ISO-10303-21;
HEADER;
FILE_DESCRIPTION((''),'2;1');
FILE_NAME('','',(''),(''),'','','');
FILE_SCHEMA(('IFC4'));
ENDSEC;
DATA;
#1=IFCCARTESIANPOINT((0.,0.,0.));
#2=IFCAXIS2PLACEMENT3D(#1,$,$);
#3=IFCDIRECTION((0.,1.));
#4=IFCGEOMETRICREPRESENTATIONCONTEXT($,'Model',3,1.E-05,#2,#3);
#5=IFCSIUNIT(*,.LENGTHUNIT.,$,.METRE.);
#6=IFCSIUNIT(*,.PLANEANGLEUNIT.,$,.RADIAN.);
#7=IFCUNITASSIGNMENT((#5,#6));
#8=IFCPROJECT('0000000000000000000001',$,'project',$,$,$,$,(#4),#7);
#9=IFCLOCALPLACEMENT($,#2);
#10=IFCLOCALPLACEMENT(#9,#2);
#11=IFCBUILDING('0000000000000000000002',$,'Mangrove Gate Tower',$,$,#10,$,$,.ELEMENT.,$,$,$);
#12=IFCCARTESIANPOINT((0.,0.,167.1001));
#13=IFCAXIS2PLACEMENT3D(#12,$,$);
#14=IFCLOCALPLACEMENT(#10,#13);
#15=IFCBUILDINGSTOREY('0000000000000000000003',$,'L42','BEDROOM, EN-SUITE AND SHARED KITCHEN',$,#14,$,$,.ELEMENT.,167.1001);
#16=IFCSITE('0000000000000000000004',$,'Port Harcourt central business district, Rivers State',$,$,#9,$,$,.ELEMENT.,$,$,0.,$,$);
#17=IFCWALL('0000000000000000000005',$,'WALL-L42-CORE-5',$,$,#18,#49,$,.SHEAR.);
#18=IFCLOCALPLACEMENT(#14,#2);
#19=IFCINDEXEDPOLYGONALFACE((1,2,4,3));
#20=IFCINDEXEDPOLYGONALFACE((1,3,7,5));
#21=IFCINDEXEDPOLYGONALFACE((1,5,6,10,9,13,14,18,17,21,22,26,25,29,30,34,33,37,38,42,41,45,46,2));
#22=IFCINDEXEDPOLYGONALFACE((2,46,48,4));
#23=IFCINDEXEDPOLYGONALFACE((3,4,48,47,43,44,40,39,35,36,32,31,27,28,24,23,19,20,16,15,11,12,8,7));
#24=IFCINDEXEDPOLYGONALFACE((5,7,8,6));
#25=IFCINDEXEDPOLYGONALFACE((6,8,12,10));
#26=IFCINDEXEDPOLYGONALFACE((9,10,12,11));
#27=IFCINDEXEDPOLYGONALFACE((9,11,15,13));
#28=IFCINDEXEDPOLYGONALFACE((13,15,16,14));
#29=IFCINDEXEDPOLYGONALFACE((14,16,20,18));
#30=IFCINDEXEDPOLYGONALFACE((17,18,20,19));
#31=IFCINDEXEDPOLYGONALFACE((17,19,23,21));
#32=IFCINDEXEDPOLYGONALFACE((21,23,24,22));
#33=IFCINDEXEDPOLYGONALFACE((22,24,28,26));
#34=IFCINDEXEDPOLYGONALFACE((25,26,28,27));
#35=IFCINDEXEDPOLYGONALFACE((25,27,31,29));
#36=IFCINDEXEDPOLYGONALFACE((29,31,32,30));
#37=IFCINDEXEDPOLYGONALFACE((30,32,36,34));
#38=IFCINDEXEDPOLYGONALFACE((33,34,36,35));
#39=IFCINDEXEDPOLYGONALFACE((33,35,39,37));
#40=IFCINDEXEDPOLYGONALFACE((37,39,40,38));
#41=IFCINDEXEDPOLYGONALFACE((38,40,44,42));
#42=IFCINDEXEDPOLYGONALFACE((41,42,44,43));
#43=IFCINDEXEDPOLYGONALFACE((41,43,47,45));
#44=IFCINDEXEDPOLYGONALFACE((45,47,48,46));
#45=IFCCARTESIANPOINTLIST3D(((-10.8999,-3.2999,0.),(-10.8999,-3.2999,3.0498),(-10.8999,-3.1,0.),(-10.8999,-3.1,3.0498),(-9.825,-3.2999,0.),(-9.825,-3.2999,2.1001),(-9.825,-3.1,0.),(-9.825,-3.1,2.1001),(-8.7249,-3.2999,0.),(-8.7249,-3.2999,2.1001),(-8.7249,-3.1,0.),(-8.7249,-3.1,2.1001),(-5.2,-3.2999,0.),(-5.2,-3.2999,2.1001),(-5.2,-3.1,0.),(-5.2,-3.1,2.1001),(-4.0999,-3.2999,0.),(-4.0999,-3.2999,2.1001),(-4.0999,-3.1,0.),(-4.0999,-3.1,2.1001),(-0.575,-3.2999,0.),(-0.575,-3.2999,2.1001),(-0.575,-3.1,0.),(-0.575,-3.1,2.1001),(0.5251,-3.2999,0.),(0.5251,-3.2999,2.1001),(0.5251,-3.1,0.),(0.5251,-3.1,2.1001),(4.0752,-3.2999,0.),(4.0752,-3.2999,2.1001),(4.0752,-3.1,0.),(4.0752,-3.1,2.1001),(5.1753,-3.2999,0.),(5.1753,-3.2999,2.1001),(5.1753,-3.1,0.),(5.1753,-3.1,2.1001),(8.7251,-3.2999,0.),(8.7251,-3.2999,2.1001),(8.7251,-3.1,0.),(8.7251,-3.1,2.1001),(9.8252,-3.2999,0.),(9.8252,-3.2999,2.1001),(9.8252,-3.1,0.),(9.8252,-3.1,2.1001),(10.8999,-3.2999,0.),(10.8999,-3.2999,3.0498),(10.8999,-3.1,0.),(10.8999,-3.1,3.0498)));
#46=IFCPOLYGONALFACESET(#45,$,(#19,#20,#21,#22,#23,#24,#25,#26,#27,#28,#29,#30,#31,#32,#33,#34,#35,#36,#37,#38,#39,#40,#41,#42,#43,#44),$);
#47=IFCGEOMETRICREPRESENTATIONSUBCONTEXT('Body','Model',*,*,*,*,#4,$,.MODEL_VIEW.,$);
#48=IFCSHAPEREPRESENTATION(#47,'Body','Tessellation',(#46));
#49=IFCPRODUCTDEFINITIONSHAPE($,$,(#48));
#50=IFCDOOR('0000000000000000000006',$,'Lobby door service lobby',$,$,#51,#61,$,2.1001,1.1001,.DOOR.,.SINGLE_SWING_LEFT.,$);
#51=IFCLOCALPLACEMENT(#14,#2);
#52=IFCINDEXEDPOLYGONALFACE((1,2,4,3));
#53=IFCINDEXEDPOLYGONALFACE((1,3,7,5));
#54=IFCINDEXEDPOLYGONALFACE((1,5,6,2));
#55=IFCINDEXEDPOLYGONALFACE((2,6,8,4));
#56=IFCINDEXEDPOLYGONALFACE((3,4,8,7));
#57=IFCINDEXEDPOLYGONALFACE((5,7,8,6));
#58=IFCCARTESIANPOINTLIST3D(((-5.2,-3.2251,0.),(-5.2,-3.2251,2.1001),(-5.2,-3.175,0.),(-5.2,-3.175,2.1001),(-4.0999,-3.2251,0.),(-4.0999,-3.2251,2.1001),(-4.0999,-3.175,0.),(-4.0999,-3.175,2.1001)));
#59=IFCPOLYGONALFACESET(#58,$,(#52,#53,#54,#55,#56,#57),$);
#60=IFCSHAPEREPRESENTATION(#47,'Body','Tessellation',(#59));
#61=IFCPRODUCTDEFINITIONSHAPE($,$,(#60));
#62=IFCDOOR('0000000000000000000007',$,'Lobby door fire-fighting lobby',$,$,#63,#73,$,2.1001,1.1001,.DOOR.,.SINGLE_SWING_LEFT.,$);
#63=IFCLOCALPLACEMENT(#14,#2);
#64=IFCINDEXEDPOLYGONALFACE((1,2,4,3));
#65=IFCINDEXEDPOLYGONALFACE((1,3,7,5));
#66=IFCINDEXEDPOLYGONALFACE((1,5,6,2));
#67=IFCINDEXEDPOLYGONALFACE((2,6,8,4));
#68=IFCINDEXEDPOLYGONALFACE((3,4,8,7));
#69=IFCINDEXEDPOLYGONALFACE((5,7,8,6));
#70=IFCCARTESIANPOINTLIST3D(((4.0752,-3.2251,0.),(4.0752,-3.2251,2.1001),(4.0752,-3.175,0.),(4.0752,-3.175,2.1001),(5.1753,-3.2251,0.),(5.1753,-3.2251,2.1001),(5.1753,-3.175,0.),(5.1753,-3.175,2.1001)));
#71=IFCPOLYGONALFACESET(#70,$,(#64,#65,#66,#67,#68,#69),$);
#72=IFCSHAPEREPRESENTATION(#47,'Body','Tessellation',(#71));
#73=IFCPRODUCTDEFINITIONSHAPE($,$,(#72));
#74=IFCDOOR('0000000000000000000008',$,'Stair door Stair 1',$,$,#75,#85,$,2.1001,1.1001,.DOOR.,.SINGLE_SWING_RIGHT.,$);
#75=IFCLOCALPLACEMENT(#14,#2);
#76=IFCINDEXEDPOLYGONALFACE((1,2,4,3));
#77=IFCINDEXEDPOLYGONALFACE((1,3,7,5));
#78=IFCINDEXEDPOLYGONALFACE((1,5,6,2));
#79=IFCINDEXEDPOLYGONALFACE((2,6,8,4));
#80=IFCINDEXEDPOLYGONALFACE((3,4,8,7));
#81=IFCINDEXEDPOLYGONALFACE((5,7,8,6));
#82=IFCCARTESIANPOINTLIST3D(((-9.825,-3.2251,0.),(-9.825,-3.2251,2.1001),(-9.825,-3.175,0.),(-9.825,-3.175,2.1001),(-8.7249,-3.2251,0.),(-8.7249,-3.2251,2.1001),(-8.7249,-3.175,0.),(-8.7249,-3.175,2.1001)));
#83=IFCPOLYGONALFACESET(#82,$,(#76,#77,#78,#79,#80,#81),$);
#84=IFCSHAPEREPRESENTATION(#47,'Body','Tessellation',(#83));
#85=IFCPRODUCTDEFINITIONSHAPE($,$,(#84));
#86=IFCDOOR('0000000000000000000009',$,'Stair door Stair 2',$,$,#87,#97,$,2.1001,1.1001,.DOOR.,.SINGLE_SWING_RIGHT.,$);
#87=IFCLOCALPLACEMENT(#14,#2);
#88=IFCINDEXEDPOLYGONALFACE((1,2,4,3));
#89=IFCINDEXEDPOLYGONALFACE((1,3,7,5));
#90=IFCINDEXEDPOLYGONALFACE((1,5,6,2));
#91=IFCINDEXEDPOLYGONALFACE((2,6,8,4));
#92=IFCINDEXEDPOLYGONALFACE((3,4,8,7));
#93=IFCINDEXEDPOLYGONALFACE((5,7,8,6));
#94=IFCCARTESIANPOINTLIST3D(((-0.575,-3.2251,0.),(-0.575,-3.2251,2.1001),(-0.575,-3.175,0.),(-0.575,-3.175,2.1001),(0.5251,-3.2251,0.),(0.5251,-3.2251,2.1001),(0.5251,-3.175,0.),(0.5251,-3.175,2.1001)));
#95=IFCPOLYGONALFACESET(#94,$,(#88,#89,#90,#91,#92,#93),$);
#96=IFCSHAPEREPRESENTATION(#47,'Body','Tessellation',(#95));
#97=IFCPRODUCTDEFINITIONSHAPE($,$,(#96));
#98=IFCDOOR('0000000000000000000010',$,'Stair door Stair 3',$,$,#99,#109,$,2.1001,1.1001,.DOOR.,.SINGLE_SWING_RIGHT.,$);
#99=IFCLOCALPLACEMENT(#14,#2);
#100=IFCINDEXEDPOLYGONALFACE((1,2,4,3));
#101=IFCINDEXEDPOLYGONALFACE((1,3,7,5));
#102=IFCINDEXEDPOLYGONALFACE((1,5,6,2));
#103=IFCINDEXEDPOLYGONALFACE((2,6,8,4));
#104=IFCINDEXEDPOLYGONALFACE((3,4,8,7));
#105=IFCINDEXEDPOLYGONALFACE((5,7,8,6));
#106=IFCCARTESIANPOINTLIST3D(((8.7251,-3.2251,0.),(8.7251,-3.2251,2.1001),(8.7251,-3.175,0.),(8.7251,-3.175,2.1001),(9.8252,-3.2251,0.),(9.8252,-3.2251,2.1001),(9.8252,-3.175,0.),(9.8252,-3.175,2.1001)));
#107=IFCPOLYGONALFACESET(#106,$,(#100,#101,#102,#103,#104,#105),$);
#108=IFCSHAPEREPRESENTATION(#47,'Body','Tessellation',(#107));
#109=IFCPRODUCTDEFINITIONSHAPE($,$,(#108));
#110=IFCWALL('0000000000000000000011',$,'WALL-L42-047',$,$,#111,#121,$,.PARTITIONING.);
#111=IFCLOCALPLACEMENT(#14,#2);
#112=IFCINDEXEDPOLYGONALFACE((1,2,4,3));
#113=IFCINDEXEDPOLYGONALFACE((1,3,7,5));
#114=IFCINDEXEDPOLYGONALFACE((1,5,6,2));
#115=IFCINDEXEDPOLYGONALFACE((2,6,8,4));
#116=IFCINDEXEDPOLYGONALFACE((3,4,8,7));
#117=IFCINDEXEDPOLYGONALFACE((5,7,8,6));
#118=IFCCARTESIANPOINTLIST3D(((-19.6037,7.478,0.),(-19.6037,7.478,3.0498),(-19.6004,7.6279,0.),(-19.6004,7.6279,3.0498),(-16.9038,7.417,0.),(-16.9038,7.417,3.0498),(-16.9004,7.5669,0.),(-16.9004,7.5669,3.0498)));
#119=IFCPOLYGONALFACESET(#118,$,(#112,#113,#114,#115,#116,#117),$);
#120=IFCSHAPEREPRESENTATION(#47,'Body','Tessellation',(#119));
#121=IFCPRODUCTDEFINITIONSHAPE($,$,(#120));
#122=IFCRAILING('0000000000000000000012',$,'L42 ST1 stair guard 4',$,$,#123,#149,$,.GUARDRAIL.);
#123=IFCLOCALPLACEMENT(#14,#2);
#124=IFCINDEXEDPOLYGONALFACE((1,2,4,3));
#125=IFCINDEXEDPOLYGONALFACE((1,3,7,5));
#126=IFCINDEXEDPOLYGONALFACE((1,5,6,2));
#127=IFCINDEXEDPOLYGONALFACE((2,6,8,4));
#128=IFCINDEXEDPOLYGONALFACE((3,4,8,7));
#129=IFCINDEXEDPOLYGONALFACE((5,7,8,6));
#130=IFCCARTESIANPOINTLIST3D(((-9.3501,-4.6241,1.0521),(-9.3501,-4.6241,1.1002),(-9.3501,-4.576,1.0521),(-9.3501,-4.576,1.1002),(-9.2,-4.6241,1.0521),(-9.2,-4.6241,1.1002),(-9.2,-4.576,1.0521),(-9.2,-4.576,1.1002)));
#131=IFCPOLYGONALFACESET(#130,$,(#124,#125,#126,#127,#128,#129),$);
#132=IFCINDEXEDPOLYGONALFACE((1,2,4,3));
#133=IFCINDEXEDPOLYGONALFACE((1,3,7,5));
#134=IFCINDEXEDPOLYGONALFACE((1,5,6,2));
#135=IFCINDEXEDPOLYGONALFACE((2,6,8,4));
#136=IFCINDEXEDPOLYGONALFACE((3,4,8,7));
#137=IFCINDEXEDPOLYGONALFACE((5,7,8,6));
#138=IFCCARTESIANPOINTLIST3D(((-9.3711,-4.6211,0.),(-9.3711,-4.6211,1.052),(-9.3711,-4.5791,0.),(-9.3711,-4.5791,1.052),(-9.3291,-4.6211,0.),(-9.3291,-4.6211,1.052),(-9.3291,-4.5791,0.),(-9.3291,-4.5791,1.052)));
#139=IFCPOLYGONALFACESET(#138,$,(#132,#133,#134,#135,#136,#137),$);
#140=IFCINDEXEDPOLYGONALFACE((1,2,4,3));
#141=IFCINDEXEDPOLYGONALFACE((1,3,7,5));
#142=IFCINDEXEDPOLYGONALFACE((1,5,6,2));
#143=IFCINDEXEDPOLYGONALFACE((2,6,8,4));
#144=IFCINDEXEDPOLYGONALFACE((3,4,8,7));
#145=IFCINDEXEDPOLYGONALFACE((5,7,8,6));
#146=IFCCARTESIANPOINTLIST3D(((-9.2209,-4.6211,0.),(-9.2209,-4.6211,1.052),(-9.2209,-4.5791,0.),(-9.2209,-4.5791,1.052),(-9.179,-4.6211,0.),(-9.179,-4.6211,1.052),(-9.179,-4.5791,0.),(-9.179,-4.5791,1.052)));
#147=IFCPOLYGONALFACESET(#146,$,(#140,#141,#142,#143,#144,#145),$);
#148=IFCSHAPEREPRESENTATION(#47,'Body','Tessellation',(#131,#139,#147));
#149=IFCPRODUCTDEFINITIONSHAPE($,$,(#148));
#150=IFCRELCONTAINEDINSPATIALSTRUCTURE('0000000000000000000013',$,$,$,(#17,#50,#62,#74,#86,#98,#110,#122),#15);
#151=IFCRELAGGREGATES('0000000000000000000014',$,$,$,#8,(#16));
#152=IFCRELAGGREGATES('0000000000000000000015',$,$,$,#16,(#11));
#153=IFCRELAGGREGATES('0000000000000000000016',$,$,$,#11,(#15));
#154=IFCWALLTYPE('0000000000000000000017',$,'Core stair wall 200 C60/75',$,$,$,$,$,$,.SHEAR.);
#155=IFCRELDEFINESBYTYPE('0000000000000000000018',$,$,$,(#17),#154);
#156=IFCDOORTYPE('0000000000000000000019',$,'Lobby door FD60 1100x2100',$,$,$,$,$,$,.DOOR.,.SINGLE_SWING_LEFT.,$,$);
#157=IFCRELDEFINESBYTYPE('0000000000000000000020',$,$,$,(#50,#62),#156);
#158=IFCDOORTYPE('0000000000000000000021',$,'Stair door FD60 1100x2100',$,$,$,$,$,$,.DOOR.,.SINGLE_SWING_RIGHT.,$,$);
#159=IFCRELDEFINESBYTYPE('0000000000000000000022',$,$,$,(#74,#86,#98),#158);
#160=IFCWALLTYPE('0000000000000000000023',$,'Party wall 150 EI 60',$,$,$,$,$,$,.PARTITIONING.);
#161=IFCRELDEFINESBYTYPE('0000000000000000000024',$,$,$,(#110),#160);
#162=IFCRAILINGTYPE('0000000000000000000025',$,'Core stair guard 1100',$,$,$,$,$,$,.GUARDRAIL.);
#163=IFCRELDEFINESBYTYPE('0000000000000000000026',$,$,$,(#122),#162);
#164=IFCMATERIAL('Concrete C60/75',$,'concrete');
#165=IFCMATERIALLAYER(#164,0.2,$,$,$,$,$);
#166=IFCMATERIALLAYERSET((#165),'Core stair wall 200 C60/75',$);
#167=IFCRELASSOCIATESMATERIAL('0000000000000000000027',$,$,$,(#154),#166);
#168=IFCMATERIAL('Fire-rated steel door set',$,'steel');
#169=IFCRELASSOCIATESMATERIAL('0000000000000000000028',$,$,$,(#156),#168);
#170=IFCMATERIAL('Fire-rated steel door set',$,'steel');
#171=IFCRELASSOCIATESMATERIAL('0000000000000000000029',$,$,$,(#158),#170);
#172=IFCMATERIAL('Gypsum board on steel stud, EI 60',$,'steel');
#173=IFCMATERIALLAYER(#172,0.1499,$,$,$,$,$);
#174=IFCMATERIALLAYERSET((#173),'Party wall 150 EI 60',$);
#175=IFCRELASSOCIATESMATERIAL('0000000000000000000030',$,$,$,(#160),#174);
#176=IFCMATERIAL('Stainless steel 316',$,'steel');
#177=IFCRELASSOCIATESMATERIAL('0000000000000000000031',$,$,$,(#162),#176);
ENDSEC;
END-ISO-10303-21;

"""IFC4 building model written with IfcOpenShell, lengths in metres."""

from ifc_helpers import new_model, si_unit, direction, frame, frame_2d, origin, origin_2d, place, context, subcontext, project, spatial, rectangle, extrude, material, layer, layer_set, type_object, element, fill, save


model = new_model("IFC4")

# Units and contexts
model_context = context("Model", 3, precision=1e-05, world=origin(), true_north=direction((0.0, 1.0)))
body_context = subcontext(model_context, "Body", "Model", "MODEL_VIEW")
ifc_project = project(units=[si_unit("LENGTHUNIT", "METRE"), si_unit("PLANEANGLEUNIT", "RADIAN")], contexts=[model_context])

# Site, building, storey
site_placement = place(None, origin())
site = spatial("IfcSite", under=ifc_project, at=site_placement, Name="Port Harcourt central business district, Rivers State", CompositionType="ELEMENT", RefElevation=0.0)
building_placement = place(site_placement, origin())
building = spatial("IfcBuilding", under=site, at=building_placement, Name="Mangrove Gate Tower", CompositionType="ELEMENT")
storey_placement = place(building_placement, frame((0.0, 0.0, 167.1001)))
storey = spatial("IfcBuildingStorey", under=building, at=storey_placement, Name="L42", Description="BEDROOM, EN-SUITE AND SHARED KITCHEN", CompositionType="ELEMENT", Elevation=167.1001)

# Wall, openings, doors
ifc_material_1 = material(Name="Concrete C60/75", Category="concrete")
ifc_layer_1 = layer(ifc_material_1, 0.2)
ifc_layer_set_1 = layer_set([ifc_layer_1], Name="Core stair wall 200 C60/75")
wall_type_1 = type_object("IfcWallType", Name="Core stair wall 200 C60/75", PredefinedType="SHEAR", material=ifc_layer_set_1)
wall_1_placement = place(storey_placement, frame((-10.8999, -3.2, 0.0), z_axis=(0.0, 0.0, 1.0), x_axis=(1.0, 0.0, 0.0)))
wall_1 = element("IfcWall", 1, at=wall_1_placement, inside=storey, type_object=wall_type_1, Name="WALL-L42-CORE-5", PredefinedType="SHEAR", context=body_context, shape_type="SweptSolid", body=[
    extrude(rectangle(XDim=21.7998, YDim=0.2, at=frame_2d((10.8999, 0.0))), origin(), (0.0, 0.0, 1.0), 3.0498),
])
opening_1_placement = place(wall_1_placement, frame((1.075, 0.0, 0.0)))
opening_1 = element("IfcOpeningElement", 2, at=opening_1_placement, cuts=wall_1, PredefinedType="OPENING", context=body_context, shape_type="SweptSolid", body=[
    extrude(rectangle(XDim=1.1001, YDim=2.1001, at=frame_2d((0.55, 1.05))), frame((0.0, 0.1099, 0.0), z_axis=(0.0, -1.0, 0.0), x_axis=(1.0, 0.0, 0.0)), (0.0, 0.0, 1.0), 0.22),
])
opening_2_placement = place(wall_1_placement, frame((10.325, 0.0, 0.0)))
opening_2 = element("IfcOpeningElement", 3, at=opening_2_placement, cuts=wall_1, PredefinedType="OPENING", context=body_context, shape_type="SweptSolid", body=[
    extrude(rectangle(XDim=1.1001, YDim=2.1001, at=frame_2d((0.55, 1.05))), frame((0.0, 0.1099, 0.0), z_axis=(0.0, -1.0, 0.0), x_axis=(1.0, 0.0, 0.0)), (0.0, 0.0, 1.0), 0.22),
])
opening_3_placement = place(wall_1_placement, frame((19.625, 0.0, 0.0)))
opening_3 = element("IfcOpeningElement", 4, at=opening_3_placement, cuts=wall_1, PredefinedType="OPENING", context=body_context, shape_type="SweptSolid", body=[
    extrude(rectangle(XDim=1.1001, YDim=2.1001, at=frame_2d((0.55, 1.05))), frame((0.0, 0.1099, 0.0), z_axis=(0.0, -1.0, 0.0), x_axis=(1.0, 0.0, 0.0)), (0.0, 0.0, 1.0), 0.22),
])
opening_4_placement = place(wall_1_placement, frame((5.7, 0.0, 0.0)))
opening_4 = element("IfcOpeningElement", 5, at=opening_4_placement, cuts=wall_1, PredefinedType="OPENING", context=body_context, shape_type="SweptSolid", body=[
    extrude(rectangle(XDim=1.1001, YDim=2.1001, at=frame_2d((0.55, 1.05))), frame((0.0, 0.1099, 0.0), z_axis=(0.0, -1.0, 0.0), x_axis=(1.0, 0.0, 0.0)), (0.0, 0.0, 1.0), 0.22),
])
opening_5_placement = place(wall_1_placement, frame((14.9751, 0.0, 0.0)))
opening_5 = element("IfcOpeningElement", 6, at=opening_5_placement, cuts=wall_1, PredefinedType="OPENING", context=body_context, shape_type="SweptSolid", body=[
    extrude(rectangle(XDim=1.1001, YDim=2.1001, at=frame_2d((0.55, 1.05))), frame((0.0, 0.1099, 0.0), z_axis=(0.0, -1.0, 0.0), x_axis=(1.0, 0.0, 0.0)), (0.0, 0.0, 1.0), 0.22),
])
ifc_material_2 = material(Name="Fire-rated steel door set", Category="steel")
door_type_1 = type_object("IfcDoorType", Name="Lobby door FD60 1100x2100", OperationType="SINGLE_SWING_LEFT", PredefinedType="DOOR", material=ifc_material_2)
door_1_placement = place(opening_4_placement, origin())
door_1 = element("IfcDoor", 7, at=door_1_placement, inside=storey, type_object=door_type_1, Name="Lobby door service lobby", OperationType="SINGLE_SWING_LEFT", OverallHeight=2.1001, OverallWidth=1.1001, PredefinedType="DOOR", context=body_context, shape_type="SweptSolid", body=[
    extrude(rectangle(XDim=1.1001, YDim=2.1001, at=frame_2d((0.55, 1.05))), frame((0.0, 0.0249, 0.0), z_axis=(0.0, -1.0, 0.0), x_axis=(1.0, 0.0, 0.0)), (0.0, 0.0, 1.0), 0.05),
])
fill(opening_4, door_1)
door_2_placement = place(opening_5_placement, origin())
door_2 = element("IfcDoor", 8, at=door_2_placement, inside=storey, type_object=door_type_1, Name="Lobby door fire-fighting lobby", OperationType="SINGLE_SWING_LEFT", OverallHeight=2.1001, OverallWidth=1.1001, PredefinedType="DOOR", context=body_context, shape_type="SweptSolid", body=[
    extrude(rectangle(XDim=1.1001, YDim=2.1001, at=frame_2d((0.55, 1.05))), frame((0.0, 0.0249, 0.0), z_axis=(0.0, -1.0, 0.0), x_axis=(1.0, 0.0, 0.0)), (0.0, 0.0, 1.0), 0.05),
])
fill(opening_5, door_2)
ifc_material_3 = material(Name="Fire-rated steel door set", Category="steel")
door_type_2 = type_object("IfcDoorType", Name="Stair door FD60 1100x2100", OperationType="SINGLE_SWING_RIGHT", PredefinedType="DOOR", material=ifc_material_3)
door_3_placement = place(opening_1_placement, origin())
door_3 = element("IfcDoor", 9, at=door_3_placement, inside=storey, type_object=door_type_2, Name="Stair door Stair 1", OperationType="SINGLE_SWING_RIGHT", OverallHeight=2.1001, OverallWidth=1.1001, PredefinedType="DOOR", context=body_context, shape_type="SweptSolid", body=[
    extrude(rectangle(XDim=1.1001, YDim=2.1001, at=frame_2d((0.55, 1.05))), frame((0.0, 0.0249, 0.0), z_axis=(0.0, -1.0, 0.0), x_axis=(1.0, 0.0, 0.0)), (0.0, 0.0, 1.0), 0.05),
])
fill(opening_1, door_3)
door_4_placement = place(opening_2_placement, origin())
door_4 = element("IfcDoor", 10, at=door_4_placement, inside=storey, type_object=door_type_2, Name="Stair door Stair 2", OperationType="SINGLE_SWING_RIGHT", OverallHeight=2.1001, OverallWidth=1.1001, PredefinedType="DOOR", context=body_context, shape_type="SweptSolid", body=[
    extrude(rectangle(XDim=1.1001, YDim=2.1001, at=frame_2d((0.55, 1.05))), frame((0.0, 0.0249, 0.0), z_axis=(0.0, -1.0, 0.0), x_axis=(1.0, 0.0, 0.0)), (0.0, 0.0, 1.0), 0.05),
])
fill(opening_2, door_4)
door_5_placement = place(opening_3_placement, origin())
door_5 = element("IfcDoor", 11, at=door_5_placement, inside=storey, type_object=door_type_2, Name="Stair door Stair 3", OperationType="SINGLE_SWING_RIGHT", OverallHeight=2.1001, OverallWidth=1.1001, PredefinedType="DOOR", context=body_context, shape_type="SweptSolid", body=[
    extrude(rectangle(XDim=1.1001, YDim=2.1001, at=frame_2d((0.55, 1.05))), frame((0.0, 0.0249, 0.0), z_axis=(0.0, -1.0, 0.0), x_axis=(1.0, 0.0, 0.0)), (0.0, 0.0, 1.0), 0.05),
])
fill(opening_3, door_5)

# Wall
ifc_material_4 = material(Name="Gypsum board on steel stud, EI 60", Category="steel")
ifc_layer_2 = layer(ifc_material_4, 0.1499)
ifc_layer_set_2 = layer_set([ifc_layer_2], Name="Party wall 150 EI 60")
wall_type_2 = type_object("IfcWallType", Name="Party wall 150 EI 60", PredefinedType="PARTITIONING", material=ifc_layer_set_2)
wall_2_placement = place(storey_placement, frame((-19.6021, 7.553, 0.0), z_axis=(0.0, 0.0, 1.0), x_axis=(0.999745, -0.0226, 0.0)))
element("IfcWall", 12, at=wall_2_placement, inside=storey, type_object=wall_type_2, Name="WALL-L42-047", PredefinedType="PARTITIONING", context=body_context, shape_type="SweptSolid", body=[
    extrude(rectangle(XDim=2.7007, YDim=0.1499, at=frame_2d((1.3503, 0.0))), origin(), (0.0, 0.0, 1.0), 3.0498),
])

# Railing
ifc_material_5 = material(Name="Stainless steel 316", Category="steel")
railing_type = type_object("IfcRailingType", Name="Core stair guard 1100", PredefinedType="GUARDRAIL", material=ifc_material_5)
railing_placement = place(storey_placement, frame((-9.3501, -4.6001, 0.0)))
element("IfcRailing", 13, at=railing_placement, inside=storey, type_object=railing_type, Name="L42 ST1 stair guard 4", PredefinedType="GUARDRAIL", context=body_context, shape_type="SweptSolid", body=[
    extrude(rectangle(XDim=0.0481, YDim=0.0481, at=origin_2d()), frame((0.0, 0.0, 1.0762), z_axis=(1.0, 0.0, 0.0), x_axis=(0.0, 1.0, 0.0)), (0.0, 0.0, 1.0), 0.1501),
    extrude(rectangle(XDim=0.042, YDim=0.042, at=origin_2d()), origin(), (0.0, 0.0, 1.0), 1.052),
    extrude(rectangle(XDim=0.042, YDim=0.042, at=origin_2d()), frame((0.1501, 0.0, 0.0)), (0.0, 0.0, 1.0), 1.052),
])

save(model, "model.ifc")
